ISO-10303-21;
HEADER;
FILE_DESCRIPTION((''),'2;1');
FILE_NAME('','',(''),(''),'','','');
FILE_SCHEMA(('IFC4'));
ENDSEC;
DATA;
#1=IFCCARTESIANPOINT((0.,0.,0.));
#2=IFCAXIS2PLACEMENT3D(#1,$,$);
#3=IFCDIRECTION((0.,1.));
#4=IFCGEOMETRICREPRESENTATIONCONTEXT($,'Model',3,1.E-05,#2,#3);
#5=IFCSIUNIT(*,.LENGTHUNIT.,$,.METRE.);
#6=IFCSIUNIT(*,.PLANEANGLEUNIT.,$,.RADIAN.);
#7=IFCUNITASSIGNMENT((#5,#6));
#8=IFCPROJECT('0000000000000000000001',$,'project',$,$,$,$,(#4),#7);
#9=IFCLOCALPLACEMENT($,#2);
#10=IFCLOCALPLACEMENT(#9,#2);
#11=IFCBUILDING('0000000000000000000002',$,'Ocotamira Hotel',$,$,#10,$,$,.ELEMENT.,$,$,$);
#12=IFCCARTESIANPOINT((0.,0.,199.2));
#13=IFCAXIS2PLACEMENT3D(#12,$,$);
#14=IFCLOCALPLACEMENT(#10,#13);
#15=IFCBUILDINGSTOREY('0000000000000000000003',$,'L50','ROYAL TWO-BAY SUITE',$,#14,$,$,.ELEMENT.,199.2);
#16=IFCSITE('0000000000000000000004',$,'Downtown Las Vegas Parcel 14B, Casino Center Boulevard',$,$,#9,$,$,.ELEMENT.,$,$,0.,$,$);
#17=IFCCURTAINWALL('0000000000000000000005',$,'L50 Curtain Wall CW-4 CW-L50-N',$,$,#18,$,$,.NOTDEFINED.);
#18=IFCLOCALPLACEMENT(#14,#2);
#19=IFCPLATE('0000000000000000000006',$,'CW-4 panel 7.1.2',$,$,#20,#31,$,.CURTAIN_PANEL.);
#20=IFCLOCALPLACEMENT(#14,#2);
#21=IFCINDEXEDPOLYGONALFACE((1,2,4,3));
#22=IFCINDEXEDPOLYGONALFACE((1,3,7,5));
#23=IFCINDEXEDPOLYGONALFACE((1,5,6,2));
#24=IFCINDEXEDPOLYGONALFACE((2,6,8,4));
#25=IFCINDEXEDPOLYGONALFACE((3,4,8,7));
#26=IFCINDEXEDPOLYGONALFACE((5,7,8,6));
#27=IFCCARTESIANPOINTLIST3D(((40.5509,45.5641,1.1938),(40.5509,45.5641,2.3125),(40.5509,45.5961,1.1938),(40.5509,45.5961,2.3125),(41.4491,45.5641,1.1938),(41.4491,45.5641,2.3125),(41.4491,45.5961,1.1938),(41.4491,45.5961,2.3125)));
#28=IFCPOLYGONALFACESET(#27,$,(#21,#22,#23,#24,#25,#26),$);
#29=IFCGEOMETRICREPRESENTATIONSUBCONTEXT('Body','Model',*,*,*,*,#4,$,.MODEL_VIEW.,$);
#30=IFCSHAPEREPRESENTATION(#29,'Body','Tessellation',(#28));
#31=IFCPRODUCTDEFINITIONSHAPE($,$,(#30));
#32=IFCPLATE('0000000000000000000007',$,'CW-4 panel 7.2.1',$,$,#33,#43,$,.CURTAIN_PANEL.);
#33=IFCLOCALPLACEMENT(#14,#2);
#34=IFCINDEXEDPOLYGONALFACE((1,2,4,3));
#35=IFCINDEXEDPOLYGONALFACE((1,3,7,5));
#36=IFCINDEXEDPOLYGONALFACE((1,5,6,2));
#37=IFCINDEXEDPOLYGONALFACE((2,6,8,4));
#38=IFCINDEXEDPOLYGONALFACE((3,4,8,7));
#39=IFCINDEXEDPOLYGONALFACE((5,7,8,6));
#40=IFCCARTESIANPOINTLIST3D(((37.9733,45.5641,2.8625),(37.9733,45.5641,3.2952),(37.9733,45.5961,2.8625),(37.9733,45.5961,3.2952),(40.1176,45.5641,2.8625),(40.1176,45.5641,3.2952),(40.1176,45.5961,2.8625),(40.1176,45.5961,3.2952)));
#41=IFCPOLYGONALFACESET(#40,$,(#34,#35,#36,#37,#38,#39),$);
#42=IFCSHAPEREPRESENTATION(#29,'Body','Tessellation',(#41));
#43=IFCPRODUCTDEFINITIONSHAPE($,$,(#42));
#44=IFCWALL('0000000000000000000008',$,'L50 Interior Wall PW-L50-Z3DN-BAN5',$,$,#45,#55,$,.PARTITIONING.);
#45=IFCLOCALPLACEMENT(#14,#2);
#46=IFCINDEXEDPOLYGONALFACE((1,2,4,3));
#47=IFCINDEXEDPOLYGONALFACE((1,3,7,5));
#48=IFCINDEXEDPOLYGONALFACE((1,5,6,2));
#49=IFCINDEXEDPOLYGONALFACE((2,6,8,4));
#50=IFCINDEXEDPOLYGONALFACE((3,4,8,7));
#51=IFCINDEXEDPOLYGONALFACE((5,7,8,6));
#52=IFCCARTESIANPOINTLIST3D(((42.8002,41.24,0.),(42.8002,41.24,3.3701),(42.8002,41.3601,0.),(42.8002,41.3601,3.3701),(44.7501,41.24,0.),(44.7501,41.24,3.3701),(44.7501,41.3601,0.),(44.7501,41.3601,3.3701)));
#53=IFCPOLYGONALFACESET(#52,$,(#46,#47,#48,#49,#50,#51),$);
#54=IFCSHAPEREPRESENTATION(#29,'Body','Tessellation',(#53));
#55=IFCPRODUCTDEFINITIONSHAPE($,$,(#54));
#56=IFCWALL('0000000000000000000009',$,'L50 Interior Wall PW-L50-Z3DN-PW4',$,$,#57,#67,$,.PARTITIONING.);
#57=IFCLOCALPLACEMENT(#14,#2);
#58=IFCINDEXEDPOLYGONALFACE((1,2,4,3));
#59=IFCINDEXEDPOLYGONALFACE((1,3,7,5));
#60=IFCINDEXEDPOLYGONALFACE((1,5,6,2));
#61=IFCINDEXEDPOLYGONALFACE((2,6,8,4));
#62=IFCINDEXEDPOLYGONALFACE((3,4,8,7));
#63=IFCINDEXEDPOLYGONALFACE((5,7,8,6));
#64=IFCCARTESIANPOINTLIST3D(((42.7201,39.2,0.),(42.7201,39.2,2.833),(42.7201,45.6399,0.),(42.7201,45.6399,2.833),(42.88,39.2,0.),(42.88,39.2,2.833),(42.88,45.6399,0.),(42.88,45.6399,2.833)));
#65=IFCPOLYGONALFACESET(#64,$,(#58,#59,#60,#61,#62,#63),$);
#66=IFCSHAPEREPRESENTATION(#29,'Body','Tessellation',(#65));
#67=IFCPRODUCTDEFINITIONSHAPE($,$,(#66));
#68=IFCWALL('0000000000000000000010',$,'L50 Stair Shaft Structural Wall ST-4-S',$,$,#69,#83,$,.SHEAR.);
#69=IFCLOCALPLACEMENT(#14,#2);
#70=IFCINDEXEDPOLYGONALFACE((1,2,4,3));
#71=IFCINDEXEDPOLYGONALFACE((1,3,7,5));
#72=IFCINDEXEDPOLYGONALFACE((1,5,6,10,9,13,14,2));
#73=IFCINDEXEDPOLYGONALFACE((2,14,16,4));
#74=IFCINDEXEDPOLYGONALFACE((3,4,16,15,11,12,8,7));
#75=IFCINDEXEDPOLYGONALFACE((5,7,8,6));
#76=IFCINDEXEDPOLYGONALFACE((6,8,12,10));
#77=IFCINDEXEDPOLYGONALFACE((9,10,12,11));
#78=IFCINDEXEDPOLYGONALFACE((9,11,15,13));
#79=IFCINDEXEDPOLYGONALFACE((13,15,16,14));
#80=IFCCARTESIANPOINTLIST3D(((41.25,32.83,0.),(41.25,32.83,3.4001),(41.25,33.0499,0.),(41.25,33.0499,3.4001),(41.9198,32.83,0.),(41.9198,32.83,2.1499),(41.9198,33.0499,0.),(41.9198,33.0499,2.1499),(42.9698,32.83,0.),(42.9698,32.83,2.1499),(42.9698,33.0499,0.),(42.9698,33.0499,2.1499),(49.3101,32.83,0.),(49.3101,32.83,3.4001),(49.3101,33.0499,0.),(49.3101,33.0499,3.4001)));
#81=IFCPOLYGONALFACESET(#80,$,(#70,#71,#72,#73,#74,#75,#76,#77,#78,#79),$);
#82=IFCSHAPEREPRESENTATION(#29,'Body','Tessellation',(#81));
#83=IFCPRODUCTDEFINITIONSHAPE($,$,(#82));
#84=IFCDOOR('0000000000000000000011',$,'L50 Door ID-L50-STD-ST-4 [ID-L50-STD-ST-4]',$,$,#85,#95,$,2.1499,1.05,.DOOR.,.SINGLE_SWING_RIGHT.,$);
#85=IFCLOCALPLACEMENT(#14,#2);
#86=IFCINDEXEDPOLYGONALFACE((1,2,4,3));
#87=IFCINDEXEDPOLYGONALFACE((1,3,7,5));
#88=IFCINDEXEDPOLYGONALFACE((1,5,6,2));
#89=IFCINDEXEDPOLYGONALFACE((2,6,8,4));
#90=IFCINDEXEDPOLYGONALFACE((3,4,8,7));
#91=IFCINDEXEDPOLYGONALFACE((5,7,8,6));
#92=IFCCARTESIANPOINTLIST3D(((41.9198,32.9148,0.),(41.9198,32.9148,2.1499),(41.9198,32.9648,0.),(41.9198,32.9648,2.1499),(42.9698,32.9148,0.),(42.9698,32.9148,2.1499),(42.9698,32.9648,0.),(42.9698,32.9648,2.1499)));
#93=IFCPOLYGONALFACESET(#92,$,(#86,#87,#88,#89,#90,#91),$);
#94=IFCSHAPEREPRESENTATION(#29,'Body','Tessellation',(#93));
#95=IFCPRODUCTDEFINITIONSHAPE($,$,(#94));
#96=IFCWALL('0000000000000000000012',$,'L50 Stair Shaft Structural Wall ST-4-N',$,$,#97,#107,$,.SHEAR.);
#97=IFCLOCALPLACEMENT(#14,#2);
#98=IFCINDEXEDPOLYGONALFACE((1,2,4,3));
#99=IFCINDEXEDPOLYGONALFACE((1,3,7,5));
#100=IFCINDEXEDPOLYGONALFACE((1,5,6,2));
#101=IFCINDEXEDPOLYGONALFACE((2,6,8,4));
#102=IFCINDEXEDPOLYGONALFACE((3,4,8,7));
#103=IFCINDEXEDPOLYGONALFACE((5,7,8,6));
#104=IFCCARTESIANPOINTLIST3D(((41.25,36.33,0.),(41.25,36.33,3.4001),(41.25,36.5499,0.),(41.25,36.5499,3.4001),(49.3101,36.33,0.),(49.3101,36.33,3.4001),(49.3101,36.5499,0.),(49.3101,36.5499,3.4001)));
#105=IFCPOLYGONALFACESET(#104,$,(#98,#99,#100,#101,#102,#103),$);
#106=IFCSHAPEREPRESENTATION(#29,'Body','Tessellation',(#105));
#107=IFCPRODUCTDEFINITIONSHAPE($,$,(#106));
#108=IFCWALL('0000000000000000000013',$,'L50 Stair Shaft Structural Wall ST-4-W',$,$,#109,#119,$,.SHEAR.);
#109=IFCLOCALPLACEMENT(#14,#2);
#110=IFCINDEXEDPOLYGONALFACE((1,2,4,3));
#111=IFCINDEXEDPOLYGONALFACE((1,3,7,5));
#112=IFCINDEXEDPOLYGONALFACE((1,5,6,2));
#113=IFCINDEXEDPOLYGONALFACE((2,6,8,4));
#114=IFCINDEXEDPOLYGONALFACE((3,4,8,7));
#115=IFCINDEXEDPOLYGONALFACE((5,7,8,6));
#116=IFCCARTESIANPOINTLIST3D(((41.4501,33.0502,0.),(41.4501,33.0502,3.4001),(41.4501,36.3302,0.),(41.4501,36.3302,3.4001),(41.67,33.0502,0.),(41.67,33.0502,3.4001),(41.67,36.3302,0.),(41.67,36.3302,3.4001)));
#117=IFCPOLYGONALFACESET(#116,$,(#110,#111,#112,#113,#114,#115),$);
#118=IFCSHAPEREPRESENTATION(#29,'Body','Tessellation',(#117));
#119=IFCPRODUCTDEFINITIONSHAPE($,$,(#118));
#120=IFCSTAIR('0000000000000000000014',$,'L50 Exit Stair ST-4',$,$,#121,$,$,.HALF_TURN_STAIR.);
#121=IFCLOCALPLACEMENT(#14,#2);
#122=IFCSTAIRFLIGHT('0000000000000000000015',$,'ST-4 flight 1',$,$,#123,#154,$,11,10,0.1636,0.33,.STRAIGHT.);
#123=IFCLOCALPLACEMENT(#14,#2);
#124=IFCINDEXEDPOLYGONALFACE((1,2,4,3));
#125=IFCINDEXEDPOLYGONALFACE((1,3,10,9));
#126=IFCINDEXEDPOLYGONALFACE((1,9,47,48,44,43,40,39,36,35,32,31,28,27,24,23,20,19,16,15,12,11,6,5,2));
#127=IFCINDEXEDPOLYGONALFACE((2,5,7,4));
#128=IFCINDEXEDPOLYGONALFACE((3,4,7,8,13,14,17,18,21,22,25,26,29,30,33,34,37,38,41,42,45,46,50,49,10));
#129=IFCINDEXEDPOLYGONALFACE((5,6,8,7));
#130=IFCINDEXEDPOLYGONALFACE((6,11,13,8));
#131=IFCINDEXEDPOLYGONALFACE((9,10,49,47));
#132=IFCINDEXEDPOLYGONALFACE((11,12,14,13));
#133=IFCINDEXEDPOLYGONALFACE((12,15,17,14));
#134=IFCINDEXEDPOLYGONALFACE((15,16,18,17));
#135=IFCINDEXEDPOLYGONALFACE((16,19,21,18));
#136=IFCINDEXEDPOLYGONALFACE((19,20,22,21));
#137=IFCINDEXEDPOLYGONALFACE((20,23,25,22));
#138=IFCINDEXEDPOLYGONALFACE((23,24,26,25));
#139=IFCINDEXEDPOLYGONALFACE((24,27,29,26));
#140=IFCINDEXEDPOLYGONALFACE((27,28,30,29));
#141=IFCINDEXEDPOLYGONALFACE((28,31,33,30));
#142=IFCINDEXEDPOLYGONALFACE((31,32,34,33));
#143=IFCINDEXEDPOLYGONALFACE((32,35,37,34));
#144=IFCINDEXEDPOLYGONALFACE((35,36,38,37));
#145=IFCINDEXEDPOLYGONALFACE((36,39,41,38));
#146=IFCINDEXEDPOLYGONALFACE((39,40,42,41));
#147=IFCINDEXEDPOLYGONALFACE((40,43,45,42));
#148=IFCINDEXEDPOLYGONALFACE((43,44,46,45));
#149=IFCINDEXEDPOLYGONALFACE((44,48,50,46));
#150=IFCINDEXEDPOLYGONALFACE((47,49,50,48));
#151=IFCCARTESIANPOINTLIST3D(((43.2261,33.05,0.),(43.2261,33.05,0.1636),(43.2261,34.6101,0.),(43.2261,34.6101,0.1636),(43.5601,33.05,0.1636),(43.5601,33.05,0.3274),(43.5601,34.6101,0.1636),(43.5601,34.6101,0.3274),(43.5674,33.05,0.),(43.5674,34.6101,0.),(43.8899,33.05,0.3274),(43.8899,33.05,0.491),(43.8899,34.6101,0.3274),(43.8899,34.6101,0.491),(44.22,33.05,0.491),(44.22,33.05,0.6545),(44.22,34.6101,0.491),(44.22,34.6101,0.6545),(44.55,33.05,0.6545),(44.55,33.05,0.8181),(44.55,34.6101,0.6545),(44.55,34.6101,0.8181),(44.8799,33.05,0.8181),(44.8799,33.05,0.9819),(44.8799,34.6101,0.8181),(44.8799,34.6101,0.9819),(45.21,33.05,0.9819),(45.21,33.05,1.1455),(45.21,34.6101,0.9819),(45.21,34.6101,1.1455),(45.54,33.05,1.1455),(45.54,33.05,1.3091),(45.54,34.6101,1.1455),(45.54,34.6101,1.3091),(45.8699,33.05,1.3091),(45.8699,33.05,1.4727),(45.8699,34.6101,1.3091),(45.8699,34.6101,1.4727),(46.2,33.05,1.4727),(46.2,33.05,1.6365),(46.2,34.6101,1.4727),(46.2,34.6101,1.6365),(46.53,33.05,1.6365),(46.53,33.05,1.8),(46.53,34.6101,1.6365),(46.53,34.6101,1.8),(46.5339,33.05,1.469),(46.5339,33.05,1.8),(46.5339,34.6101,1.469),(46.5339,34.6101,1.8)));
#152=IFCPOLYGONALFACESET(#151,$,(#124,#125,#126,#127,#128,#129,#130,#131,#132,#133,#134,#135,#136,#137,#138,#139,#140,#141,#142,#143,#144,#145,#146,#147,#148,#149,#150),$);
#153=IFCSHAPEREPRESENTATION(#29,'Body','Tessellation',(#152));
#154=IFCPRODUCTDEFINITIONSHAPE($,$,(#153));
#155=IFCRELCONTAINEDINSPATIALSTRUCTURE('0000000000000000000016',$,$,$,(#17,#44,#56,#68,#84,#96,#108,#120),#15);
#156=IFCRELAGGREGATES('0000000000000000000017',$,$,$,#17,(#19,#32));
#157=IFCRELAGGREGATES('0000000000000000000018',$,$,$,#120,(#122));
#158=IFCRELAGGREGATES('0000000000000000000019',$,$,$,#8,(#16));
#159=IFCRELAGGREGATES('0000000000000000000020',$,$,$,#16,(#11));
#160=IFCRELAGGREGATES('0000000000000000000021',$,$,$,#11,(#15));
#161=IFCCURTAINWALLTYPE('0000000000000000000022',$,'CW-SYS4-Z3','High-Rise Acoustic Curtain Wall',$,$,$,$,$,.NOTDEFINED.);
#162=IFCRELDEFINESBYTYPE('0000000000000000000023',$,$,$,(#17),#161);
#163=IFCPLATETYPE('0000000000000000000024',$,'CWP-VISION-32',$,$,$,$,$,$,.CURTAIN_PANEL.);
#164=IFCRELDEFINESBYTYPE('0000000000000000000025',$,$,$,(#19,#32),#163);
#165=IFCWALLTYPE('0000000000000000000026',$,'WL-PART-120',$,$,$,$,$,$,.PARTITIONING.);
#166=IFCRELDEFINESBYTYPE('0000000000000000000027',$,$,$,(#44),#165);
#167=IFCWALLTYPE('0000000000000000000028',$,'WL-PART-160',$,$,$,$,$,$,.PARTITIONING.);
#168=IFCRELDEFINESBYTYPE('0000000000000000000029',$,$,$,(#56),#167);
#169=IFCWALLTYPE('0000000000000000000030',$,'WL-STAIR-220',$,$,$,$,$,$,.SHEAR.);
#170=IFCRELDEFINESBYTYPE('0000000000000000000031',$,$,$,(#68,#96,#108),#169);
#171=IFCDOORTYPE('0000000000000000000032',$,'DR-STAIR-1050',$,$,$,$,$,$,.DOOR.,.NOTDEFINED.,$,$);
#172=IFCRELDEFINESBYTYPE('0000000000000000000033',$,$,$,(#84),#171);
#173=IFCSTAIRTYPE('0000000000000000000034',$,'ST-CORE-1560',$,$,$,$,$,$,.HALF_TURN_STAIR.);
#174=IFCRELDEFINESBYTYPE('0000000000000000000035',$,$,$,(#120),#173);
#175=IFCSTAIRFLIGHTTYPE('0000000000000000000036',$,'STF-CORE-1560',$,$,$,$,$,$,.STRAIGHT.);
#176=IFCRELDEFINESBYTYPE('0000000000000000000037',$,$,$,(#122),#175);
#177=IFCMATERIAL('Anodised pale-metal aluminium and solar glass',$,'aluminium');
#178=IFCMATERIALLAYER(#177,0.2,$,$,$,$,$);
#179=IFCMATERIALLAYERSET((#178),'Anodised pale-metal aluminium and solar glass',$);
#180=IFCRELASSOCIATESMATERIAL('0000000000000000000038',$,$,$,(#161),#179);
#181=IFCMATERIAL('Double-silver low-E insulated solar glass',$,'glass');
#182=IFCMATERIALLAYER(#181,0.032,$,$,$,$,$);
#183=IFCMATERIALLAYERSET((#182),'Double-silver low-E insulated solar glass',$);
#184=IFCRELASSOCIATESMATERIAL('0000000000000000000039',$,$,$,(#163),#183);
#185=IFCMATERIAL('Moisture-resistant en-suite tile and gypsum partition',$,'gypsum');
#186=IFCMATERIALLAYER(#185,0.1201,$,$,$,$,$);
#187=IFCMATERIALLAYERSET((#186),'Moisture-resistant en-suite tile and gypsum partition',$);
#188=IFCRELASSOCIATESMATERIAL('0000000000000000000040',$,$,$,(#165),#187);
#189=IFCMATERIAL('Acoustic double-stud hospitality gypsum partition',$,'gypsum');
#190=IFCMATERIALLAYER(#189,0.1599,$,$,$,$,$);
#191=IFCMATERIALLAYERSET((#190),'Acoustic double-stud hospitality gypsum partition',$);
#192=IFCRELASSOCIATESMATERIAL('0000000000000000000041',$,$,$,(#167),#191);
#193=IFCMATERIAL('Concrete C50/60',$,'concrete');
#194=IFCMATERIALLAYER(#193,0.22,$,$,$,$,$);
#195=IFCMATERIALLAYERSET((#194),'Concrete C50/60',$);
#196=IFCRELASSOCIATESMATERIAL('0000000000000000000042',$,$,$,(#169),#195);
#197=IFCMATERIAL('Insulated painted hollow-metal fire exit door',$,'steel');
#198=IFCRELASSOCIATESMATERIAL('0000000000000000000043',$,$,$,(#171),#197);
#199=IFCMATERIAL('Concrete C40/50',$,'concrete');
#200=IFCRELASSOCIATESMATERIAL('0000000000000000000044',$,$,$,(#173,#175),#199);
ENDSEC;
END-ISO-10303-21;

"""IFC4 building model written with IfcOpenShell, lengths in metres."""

from ifc_helpers import new_model, si_unit, direction, frame, frame_2d, origin, origin_2d, place, context, subcontext, project, spatial, polyline, rectangle, outline, extrude, source, transform, mapped, material, layer, layer_set, type_object, element, fill, aggregate, save


model = new_model("IFC4")

# Units and contexts
model_context = context("Model", 3, precision=1e-05, world=origin(), true_north=direction((0.0, 1.0)))
body_context = subcontext(model_context, "Body", "Model", "MODEL_VIEW")
ifc_project = project(units=[si_unit("LENGTHUNIT", "METRE"), si_unit("PLANEANGLEUNIT", "RADIAN")], contexts=[model_context])

# Site, building, storey
site_placement = place(None, origin())
site = spatial("IfcSite", under=ifc_project, at=site_placement, Name="Downtown Las Vegas Parcel 14B, Casino Center Boulevard", CompositionType="ELEMENT", RefElevation=0.0)
building_placement = place(site_placement, origin())
building = spatial("IfcBuilding", under=site, at=building_placement, Name="Ocotamira Hotel", CompositionType="ELEMENT")
storey_placement = place(building_placement, frame((0.0, 0.0, 199.2)))
storey = spatial("IfcBuildingStorey", under=building, at=storey_placement, Name="L50", Description="ROYAL TWO-BAY SUITE", CompositionType="ELEMENT", Elevation=199.2)

# Shared definitions
ifc_material_1 = material(Name="Concrete C50/60", Category="concrete")

# Curtain wall
ifc_material_2 = material(Name="Anodised pale-metal aluminium and solar glass", Category="aluminium")
ifc_layer_1 = layer(ifc_material_2, 0.2)
ifc_layer_set_1 = layer_set([ifc_layer_1], Name="Anodised pale-metal aluminium and solar glass")
curtain_wall_type = type_object("IfcCurtainWallType", Name="CW-SYS4-Z3", Description="High-Rise Acoustic Curtain Wall", PredefinedType="NOTDEFINED", material=ifc_layer_set_1)
curtain_wall_placement = place(storey_placement, origin())
curtain_wall = element("IfcCurtainWall", 1, at=curtain_wall_placement, inside=storey, type_object=curtain_wall_type, Name="L50 Curtain Wall CW-4 CW-L50-N", PredefinedType="NOTDEFINED")

# Plates
ifc_material_3 = material(Name="Double-silver low-E insulated solar glass", Category="glass")
ifc_layer_2 = layer(ifc_material_3, 0.032)
ifc_layer_set_2 = layer_set([ifc_layer_2], Name="Double-silver low-E insulated solar glass")
plate_type_1 = type_object("IfcPlateType", Name="CWP-VISION-32", PredefinedType="CURTAIN_PANEL", material=ifc_layer_set_2)
shared_shape_1 = source(origin(), body_context, "Body", "SweptSolid", [
    extrude(rectangle(XDim=0.8982, YDim=0.032, at=origin_2d()), origin(), (0.0, 0.0, 1.0), 1.1187),
])
plate_1_placement = place(storey_placement, frame((41.0, 45.5801, 1.1938), z_axis=(0.0, 0.0, 1.0), x_axis=(1.0, 0.0, 0.0)))
plate_1 = element("IfcPlate", 2, at=plate_1_placement, type_object=plate_type_1, Name="CW-4 panel 7.1.2", PredefinedType="CURTAIN_PANEL", context=body_context, shape_type="MappedRepresentation", body=[
    mapped(shared_shape_1, transform((0.0, 0.0, 0.0), scale=1.0)),
])
shared_shape_2 = source(origin(), body_context, "Body", "SweptSolid", [
    extrude(rectangle(XDim=2.1443, YDim=0.032, at=origin_2d()), origin(), (0.0, 0.0, 1.0), 0.4326),
])
plate_2_placement = place(storey_placement, frame((39.0454, 45.5801, 2.8625), z_axis=(0.0, 0.0, 1.0), x_axis=(1.0, 0.0, 0.0)))
plate_2 = element("IfcPlate", 3, at=plate_2_placement, type_object=plate_type_1, Name="CW-4 panel 7.2.1", PredefinedType="CURTAIN_PANEL", context=body_context, shape_type="MappedRepresentation", body=[
    mapped(shared_shape_2, transform((0.0, 0.0, 0.0), scale=1.0)),
])
aggregate(curtain_wall, [plate_1, plate_2])

# Walls
ifc_material_4 = material(Name="Moisture-resistant en-suite tile and gypsum partition", Category="gypsum")
ifc_layer_3 = layer(ifc_material_4, 0.1201)
ifc_layer_set_3 = layer_set([ifc_layer_3], Name="Moisture-resistant en-suite tile and gypsum partition")
wall_type_1 = type_object("IfcWallType", Name="WL-PART-120", PredefinedType="PARTITIONING", material=ifc_layer_set_3)
wall_1_placement = place(storey_placement, frame((42.8, 41.3, 0.0), z_axis=(0.0, 0.0, 1.0), x_axis=(1.0, 0.0, 0.0)))
element("IfcWall", 4, at=wall_1_placement, inside=storey, type_object=wall_type_1, Name="L50 Interior Wall PW-L50-Z3DN-BAN5", PredefinedType="PARTITIONING", context=body_context, shape_type="SweptSolid", body=[
    extrude(rectangle(XDim=1.95, YDim=0.1201, at=frame_2d((0.9751, 0.0))), origin(), (0.0, 0.0, 1.0), 3.3701),
])
ifc_material_5 = material(Name="Acoustic double-stud hospitality gypsum partition", Category="gypsum")
ifc_layer_4 = layer(ifc_material_5, 0.1599)
ifc_layer_set_4 = layer_set([ifc_layer_4], Name="Acoustic double-stud hospitality gypsum partition")
wall_type_2 = type_object("IfcWallType", Name="WL-PART-160", PredefinedType="PARTITIONING", material=ifc_layer_set_4)
wall_2_placement = place(storey_placement, frame((42.8, 39.2, 0.0), z_axis=(0.0, 0.0, 1.0), x_axis=(0.0, 1.0, 0.0)))
element("IfcWall", 5, at=wall_2_placement, inside=storey, type_object=wall_type_2, Name="L50 Interior Wall PW-L50-Z3DN-PW4", PredefinedType="PARTITIONING", context=body_context, shape_type="SweptSolid", body=[
    extrude(rectangle(XDim=6.4399, YDim=0.1599, at=frame_2d((3.22, 0.0))), origin(), (0.0, 0.0, 1.0), 2.833),
])

# Wall, opening, door
ifc_layer_5 = layer(ifc_material_1, 0.22)
ifc_layer_set_5 = layer_set([ifc_layer_5], Name="Concrete C50/60")
wall_type_3 = type_object("IfcWallType", Name="WL-STAIR-220", PredefinedType="SHEAR", material=ifc_layer_set_5)
wall_3_placement = place(storey_placement, frame((41.25, 32.9399, 0.0), z_axis=(0.0, 0.0, 1.0), x_axis=(1.0, 0.0, 0.0)))
wall_3 = element("IfcWall", 6, at=wall_3_placement, inside=storey, type_object=wall_type_3, Name="L50 Stair Shaft Structural Wall ST-4-S", PredefinedType="SHEAR", context=body_context, shape_type="SweptSolid", body=[
    extrude(rectangle(XDim=8.0601, YDim=0.22, at=frame_2d((4.03, 0.0))), origin(), (0.0, 0.0, 1.0), 3.4001),
])
opening_1_placement = place(wall_3_placement, frame((0.6699, 0.0, 0.0)))
opening_1 = element("IfcOpeningElement", 7, at=opening_1_placement, cuts=wall_3, PredefinedType="OPENING", context=body_context, shape_type="SweptSolid", body=[
    extrude(rectangle(XDim=1.05, YDim=2.1499, at=frame_2d((0.5249, 1.075))), frame((0.0, 0.1201, 0.0), z_axis=(0.0, -1.0, 0.0), x_axis=(1.0, 0.0, 0.0)), (0.0, 0.0, 1.0), 0.24),
])
ifc_material_6 = material(Name="Insulated painted hollow-metal fire exit door", Category="steel")
door_type_1 = type_object("IfcDoorType", Name="DR-STAIR-1050", OperationType="NOTDEFINED", PredefinedType="DOOR", material=ifc_material_6)
shared_shape_3 = source(origin(), body_context, "Body", "SweptSolid", [
    extrude(rectangle(XDim=1.05, YDim=2.1499, at=frame_2d((0.5249, 1.075))), frame((0.0, 0.0249, 0.0), z_axis=(0.0, -1.0, 0.0), x_axis=(1.0, 0.0, 0.0)), (0.0, 0.0, 1.0), 0.05),
])
door_1_placement = place(opening_1_placement, origin())
door_1 = element("IfcDoor", 8, at=door_1_placement, inside=storey, type_object=door_type_1, Name="L50 Door ID-L50-STD-ST-4 [ID-L50-STD-ST-4]", OperationType="SINGLE_SWING_RIGHT", OverallHeight=2.1499, OverallWidth=1.05, PredefinedType="DOOR", context=body_context, shape_type="MappedRepresentation", body=[
    mapped(shared_shape_3, transform((0.0, 0.0, 0.0), scale=1.0)),
])
fill(opening_1, door_1)

# Walls
wall_4_placement = place(storey_placement, frame((41.25, 36.4399, 0.0), z_axis=(0.0, 0.0, 1.0), x_axis=(1.0, 0.0, 0.0)))
element("IfcWall", 9, at=wall_4_placement, inside=storey, type_object=wall_type_3, Name="L50 Stair Shaft Structural Wall ST-4-N", PredefinedType="SHEAR", context=body_context, shape_type="SweptSolid", body=[
    extrude(rectangle(XDim=8.0601, YDim=0.22, at=frame_2d((4.03, 0.0))), origin(), (0.0, 0.0, 1.0), 3.4001),
])
wall_5_placement = place(storey_placement, frame((41.5601, 33.05, 0.0), z_axis=(0.0, 0.0, 1.0), x_axis=(0.0, 1.0, 0.0)))
element("IfcWall", 10, at=wall_5_placement, inside=storey, type_object=wall_type_3, Name="L50 Stair Shaft Structural Wall ST-4-W", PredefinedType="SHEAR", context=body_context, shape_type="SweptSolid", body=[
    extrude(rectangle(XDim=3.28, YDim=0.22, at=frame_2d((1.6401, 0.0))), origin(), (0.0, 0.0, 1.0), 3.4001),
])

# Stair, stair flight
ifc_material_7 = material(Name="Concrete C40/50", Category="concrete")
stair_type = type_object("IfcStairType", Name="ST-CORE-1560", PredefinedType="HALF_TURN_STAIR", material=ifc_material_7)
stair_placement = place(storey_placement, origin())
stair = element("IfcStair", 11, at=stair_placement, inside=storey, type_object=stair_type, Name="L50 Exit Stair ST-4", PredefinedType="HALF_TURN_STAIR")
stair_flight_type = type_object("IfcStairFlightType", Name="STF-CORE-1560", PredefinedType="STRAIGHT", material=ifc_material_7)
shared_shape_4 = source(origin(), body_context, "Body", "SweptSolid", [
    extrude(outline(polyline([(-0.0039, 0.0), (-0.0039, 0.1636), (0.3301, 0.1636), (0.3301, 0.3274), (0.6599, 0.3274), (0.6599, 0.491), (0.99, 0.491), (0.99, 0.6545), (1.3201, 0.6545), (1.3201, 0.8181), (1.6499, 0.8181), (1.6499, 0.9819), (1.98, 0.9819), (1.98, 1.1455), (2.3101, 1.1455), (2.3101, 1.3091), (2.6399, 1.3091), (2.6399, 1.4727), (2.97, 1.4727), (2.97, 1.6365), (3.3, 1.6365), (3.3, 1.8), (3.304, 1.8), (3.304, 1.469), (0.3374, 0.0), (-0.0039, 0.0)])), frame((0.0, 0.78, 0.0), z_axis=(0.0, -1.0, 0.0), x_axis=(1.0, 0.0, 0.0)), (0.0, 0.0, 1.0), 1.5601),
])
stair_flight_placement = place(storey_placement, frame((43.23, 33.8301, 0.0), z_axis=(0.0, 0.0, 1.0), x_axis=(1.0, 0.0, 0.0)))
stair_flight = element("IfcStairFlight", 12, at=stair_flight_placement, type_object=stair_flight_type, Name="ST-4 flight 1", NumberOfRisers=11, NumberOfTreads=10, PredefinedType="STRAIGHT", RiserHeight=0.1636, TreadLength=0.33, context=body_context, shape_type="MappedRepresentation", body=[
    mapped(shared_shape_4, transform((0.0, 0.0, 0.0), scale=1.0)),
])
aggregate(stair, [stair_flight])

save(model, "model.ifc")
